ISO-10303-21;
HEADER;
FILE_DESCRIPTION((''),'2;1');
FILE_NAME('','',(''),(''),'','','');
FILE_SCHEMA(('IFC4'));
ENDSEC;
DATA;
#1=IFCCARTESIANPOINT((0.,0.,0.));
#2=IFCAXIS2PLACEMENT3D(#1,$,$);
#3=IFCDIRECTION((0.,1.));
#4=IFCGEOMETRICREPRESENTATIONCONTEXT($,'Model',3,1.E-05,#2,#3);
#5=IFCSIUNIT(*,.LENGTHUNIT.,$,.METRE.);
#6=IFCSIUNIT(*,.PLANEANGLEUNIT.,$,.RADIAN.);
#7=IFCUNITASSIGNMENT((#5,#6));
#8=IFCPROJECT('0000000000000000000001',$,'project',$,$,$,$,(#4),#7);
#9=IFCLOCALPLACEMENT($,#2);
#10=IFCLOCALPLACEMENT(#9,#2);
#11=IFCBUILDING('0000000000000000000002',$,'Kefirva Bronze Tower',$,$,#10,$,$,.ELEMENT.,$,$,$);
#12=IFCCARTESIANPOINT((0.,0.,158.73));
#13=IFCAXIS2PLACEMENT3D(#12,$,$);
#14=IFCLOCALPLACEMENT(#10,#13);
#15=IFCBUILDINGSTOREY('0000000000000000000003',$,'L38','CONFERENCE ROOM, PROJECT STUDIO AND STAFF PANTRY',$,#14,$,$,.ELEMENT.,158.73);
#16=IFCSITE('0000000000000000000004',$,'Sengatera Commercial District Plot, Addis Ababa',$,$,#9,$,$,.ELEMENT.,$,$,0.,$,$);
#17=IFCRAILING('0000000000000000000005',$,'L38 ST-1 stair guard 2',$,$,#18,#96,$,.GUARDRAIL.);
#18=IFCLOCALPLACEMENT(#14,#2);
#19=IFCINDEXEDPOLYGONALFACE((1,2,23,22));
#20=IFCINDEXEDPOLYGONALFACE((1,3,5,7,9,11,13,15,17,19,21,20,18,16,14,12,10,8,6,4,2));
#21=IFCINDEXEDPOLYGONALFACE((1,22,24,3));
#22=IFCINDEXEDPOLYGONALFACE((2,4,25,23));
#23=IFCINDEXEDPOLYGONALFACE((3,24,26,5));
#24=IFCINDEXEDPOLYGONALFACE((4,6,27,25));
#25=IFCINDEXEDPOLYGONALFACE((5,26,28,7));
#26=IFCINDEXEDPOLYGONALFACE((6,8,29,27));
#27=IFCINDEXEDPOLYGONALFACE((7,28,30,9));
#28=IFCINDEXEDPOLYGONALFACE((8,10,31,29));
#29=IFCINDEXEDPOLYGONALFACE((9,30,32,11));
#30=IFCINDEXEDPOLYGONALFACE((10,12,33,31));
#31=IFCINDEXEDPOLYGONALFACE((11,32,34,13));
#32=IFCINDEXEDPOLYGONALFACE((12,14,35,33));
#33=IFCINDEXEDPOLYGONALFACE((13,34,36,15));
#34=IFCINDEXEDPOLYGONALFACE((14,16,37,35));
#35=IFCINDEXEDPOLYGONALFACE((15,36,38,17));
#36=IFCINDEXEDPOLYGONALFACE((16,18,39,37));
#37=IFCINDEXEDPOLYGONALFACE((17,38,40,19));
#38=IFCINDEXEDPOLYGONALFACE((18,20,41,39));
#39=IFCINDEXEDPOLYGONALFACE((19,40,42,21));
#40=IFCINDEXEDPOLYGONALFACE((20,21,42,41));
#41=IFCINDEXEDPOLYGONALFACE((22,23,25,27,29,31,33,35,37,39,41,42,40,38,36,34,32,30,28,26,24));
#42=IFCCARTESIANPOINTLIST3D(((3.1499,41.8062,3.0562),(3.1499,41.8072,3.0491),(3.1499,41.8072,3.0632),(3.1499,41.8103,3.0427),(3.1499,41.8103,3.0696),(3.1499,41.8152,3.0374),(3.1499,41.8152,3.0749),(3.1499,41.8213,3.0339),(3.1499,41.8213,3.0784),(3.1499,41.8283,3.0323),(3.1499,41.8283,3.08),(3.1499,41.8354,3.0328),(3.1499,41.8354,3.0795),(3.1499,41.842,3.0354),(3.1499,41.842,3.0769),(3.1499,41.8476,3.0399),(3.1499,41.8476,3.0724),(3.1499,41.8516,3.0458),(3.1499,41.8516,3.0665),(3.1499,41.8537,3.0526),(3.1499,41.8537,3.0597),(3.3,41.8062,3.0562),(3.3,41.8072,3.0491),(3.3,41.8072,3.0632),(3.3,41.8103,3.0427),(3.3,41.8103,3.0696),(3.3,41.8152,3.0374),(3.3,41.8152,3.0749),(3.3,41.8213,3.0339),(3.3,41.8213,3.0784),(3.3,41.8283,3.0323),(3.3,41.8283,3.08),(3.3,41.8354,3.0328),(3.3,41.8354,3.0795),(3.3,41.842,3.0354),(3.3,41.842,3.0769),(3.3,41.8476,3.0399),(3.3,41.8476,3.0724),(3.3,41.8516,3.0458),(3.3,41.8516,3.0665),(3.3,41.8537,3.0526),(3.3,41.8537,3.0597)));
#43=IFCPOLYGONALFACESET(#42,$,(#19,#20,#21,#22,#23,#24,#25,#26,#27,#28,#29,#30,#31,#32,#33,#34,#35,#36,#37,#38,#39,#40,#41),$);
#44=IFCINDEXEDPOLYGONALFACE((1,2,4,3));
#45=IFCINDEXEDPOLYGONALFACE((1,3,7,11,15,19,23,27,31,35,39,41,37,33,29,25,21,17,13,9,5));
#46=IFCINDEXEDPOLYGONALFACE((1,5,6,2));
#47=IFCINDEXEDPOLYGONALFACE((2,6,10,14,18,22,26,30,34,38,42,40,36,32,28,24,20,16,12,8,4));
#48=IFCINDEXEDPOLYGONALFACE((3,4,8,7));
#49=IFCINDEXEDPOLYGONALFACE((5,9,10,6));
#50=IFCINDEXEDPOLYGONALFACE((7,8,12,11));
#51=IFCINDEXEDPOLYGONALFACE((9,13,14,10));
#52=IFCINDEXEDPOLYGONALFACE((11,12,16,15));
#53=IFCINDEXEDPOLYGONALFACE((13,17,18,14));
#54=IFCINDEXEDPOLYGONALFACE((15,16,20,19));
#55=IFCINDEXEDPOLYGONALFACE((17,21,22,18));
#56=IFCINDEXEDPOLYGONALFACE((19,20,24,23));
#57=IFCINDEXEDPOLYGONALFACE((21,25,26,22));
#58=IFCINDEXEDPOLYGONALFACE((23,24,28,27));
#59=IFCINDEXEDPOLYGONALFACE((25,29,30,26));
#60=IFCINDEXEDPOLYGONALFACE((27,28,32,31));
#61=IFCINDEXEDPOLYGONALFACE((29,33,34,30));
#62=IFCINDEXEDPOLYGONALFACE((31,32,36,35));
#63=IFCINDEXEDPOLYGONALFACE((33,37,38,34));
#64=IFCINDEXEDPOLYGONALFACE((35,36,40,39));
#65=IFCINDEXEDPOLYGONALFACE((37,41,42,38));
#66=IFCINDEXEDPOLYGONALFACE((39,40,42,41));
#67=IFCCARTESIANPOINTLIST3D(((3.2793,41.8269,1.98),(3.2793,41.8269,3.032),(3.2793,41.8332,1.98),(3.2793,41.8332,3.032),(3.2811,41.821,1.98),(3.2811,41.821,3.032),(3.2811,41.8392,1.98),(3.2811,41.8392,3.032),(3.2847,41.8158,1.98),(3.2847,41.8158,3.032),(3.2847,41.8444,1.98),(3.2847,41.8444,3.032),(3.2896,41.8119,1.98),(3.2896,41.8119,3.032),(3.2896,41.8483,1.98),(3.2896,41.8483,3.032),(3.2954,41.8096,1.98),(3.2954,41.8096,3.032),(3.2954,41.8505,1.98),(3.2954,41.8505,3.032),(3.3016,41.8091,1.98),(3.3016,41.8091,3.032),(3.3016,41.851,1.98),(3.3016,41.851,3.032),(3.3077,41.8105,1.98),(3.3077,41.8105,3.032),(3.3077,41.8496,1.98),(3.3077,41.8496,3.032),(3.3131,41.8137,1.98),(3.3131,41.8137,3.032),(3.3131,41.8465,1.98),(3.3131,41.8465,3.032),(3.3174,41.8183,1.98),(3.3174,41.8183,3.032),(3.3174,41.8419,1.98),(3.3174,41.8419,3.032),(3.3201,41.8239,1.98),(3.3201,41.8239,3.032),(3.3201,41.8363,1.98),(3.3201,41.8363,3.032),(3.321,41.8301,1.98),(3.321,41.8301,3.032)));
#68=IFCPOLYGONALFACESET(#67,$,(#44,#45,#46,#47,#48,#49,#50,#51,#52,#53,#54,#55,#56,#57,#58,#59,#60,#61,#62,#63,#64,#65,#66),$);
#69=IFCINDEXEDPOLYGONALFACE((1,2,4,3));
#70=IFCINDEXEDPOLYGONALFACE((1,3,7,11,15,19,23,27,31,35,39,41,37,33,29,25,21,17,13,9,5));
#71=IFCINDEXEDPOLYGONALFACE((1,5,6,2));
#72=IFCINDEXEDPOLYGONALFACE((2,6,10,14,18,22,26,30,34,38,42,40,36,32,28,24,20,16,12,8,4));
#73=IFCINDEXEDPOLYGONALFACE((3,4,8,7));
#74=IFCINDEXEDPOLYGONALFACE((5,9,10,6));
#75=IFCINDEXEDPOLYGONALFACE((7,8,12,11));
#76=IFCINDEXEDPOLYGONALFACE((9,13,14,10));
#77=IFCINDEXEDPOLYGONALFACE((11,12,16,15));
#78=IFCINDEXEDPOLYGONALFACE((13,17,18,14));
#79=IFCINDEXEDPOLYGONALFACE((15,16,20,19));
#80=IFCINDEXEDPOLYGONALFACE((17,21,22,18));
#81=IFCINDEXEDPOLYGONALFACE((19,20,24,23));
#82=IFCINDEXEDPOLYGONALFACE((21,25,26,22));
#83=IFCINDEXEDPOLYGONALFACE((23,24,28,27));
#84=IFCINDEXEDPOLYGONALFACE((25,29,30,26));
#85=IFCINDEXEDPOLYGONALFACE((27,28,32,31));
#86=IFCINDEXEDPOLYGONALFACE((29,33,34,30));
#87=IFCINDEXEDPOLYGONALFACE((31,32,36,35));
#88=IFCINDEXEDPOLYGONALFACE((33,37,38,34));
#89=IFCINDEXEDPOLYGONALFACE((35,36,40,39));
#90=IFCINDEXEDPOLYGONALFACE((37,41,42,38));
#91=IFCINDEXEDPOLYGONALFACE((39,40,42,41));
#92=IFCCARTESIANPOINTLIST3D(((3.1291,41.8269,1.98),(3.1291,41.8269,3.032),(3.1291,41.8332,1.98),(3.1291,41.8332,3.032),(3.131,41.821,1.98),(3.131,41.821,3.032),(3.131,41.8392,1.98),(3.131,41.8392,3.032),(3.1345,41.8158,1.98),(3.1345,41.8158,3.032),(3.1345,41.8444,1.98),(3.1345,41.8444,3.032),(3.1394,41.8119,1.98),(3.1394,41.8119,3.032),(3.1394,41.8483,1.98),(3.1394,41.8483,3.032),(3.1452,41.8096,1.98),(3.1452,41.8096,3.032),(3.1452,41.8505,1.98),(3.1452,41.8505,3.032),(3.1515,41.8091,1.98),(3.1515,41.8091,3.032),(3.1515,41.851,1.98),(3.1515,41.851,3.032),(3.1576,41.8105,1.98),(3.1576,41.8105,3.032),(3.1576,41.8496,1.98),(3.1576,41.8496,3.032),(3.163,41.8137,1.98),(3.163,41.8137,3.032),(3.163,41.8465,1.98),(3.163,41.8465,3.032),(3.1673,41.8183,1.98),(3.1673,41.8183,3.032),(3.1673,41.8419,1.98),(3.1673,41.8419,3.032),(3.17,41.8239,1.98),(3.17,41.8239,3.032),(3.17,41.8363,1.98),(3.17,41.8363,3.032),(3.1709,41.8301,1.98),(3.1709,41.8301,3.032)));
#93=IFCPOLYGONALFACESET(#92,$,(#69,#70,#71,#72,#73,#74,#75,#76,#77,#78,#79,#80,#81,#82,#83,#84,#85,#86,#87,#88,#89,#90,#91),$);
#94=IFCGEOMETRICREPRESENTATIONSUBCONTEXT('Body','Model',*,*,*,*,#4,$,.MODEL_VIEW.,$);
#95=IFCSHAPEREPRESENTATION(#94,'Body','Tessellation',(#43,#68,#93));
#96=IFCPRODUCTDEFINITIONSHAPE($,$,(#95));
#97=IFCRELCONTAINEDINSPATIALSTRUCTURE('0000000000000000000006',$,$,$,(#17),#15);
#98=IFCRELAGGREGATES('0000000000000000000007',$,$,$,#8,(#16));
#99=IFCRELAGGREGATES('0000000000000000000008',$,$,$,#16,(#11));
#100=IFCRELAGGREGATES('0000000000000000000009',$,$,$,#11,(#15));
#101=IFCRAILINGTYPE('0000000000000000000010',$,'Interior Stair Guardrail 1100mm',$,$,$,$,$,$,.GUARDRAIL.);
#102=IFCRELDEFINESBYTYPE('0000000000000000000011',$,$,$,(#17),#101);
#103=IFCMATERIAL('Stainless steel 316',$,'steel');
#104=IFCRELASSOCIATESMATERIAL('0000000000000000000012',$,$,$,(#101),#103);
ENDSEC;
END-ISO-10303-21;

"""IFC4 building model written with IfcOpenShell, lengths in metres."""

from ifc_helpers import new_model, si_unit, direction, frame, origin, origin_2d, place, context, subcontext, project, spatial, circle, extrude, material, type_object, element, save


model = new_model("IFC4")

# Units and contexts
model_context = context("Model", 3, precision=1e-05, world=origin(), true_north=direction((0.0, 1.0)))
body_context = subcontext(model_context, "Body", "Model", "MODEL_VIEW")
ifc_project = project(units=[si_unit("LENGTHUNIT", "METRE"), si_unit("PLANEANGLEUNIT", "RADIAN")], contexts=[model_context])

# Site, building, storey
site_placement = place(None, origin())
site = spatial("IfcSite", under=ifc_project, at=site_placement, Name="Sengatera Commercial District Plot, Addis Ababa", CompositionType="ELEMENT", RefElevation=0.0)
building_placement = place(site_placement, origin())
building = spatial("IfcBuilding", under=site, at=building_placement, Name="Kefirva Bronze Tower", CompositionType="ELEMENT")
storey_placement = place(building_placement, frame((0.0, 0.0, 158.73)))
storey = spatial("IfcBuildingStorey", under=building, at=storey_placement, Name="L38", Description="CONFERENCE ROOM, PROJECT STUDIO AND STAFF PANTRY", CompositionType="ELEMENT", Elevation=158.73)

# Railing
ifc_material_1 = material(Name="Stainless steel 316", Category="steel")
railing_type_1 = type_object("IfcRailingType", Name="Interior Stair Guardrail 1100mm", PredefinedType="GUARDRAIL", material=ifc_material_1)
railing_1_placement = place(storey_placement, frame((3.3, 41.8301, 1.98)))
element("IfcRailing", 1, at=railing_1_placement, inside=storey, type_object=railing_type_1, Name="L38 ST-1 stair guard 2", PredefinedType="GUARDRAIL", context=body_context, shape_type="SweptSolid", body=[
    extrude(circle(Radius=0.0239, at=origin_2d()), frame((0.0, 0.0, 1.0762), z_axis=(-1.0, 0.0, 0.0), x_axis=(0.0, -1.0, 0.0)), (0.0, 0.0, 1.0), 0.1501),
    extrude(circle(Radius=0.021, at=origin_2d()), origin(), (0.0, 0.0, 1.0), 1.052),
    extrude(circle(Radius=0.021, at=origin_2d()), frame((-0.1501, 0.0, 0.0)), (0.0, 0.0, 1.0), 1.052),
])

save(model, "model.ifc")
